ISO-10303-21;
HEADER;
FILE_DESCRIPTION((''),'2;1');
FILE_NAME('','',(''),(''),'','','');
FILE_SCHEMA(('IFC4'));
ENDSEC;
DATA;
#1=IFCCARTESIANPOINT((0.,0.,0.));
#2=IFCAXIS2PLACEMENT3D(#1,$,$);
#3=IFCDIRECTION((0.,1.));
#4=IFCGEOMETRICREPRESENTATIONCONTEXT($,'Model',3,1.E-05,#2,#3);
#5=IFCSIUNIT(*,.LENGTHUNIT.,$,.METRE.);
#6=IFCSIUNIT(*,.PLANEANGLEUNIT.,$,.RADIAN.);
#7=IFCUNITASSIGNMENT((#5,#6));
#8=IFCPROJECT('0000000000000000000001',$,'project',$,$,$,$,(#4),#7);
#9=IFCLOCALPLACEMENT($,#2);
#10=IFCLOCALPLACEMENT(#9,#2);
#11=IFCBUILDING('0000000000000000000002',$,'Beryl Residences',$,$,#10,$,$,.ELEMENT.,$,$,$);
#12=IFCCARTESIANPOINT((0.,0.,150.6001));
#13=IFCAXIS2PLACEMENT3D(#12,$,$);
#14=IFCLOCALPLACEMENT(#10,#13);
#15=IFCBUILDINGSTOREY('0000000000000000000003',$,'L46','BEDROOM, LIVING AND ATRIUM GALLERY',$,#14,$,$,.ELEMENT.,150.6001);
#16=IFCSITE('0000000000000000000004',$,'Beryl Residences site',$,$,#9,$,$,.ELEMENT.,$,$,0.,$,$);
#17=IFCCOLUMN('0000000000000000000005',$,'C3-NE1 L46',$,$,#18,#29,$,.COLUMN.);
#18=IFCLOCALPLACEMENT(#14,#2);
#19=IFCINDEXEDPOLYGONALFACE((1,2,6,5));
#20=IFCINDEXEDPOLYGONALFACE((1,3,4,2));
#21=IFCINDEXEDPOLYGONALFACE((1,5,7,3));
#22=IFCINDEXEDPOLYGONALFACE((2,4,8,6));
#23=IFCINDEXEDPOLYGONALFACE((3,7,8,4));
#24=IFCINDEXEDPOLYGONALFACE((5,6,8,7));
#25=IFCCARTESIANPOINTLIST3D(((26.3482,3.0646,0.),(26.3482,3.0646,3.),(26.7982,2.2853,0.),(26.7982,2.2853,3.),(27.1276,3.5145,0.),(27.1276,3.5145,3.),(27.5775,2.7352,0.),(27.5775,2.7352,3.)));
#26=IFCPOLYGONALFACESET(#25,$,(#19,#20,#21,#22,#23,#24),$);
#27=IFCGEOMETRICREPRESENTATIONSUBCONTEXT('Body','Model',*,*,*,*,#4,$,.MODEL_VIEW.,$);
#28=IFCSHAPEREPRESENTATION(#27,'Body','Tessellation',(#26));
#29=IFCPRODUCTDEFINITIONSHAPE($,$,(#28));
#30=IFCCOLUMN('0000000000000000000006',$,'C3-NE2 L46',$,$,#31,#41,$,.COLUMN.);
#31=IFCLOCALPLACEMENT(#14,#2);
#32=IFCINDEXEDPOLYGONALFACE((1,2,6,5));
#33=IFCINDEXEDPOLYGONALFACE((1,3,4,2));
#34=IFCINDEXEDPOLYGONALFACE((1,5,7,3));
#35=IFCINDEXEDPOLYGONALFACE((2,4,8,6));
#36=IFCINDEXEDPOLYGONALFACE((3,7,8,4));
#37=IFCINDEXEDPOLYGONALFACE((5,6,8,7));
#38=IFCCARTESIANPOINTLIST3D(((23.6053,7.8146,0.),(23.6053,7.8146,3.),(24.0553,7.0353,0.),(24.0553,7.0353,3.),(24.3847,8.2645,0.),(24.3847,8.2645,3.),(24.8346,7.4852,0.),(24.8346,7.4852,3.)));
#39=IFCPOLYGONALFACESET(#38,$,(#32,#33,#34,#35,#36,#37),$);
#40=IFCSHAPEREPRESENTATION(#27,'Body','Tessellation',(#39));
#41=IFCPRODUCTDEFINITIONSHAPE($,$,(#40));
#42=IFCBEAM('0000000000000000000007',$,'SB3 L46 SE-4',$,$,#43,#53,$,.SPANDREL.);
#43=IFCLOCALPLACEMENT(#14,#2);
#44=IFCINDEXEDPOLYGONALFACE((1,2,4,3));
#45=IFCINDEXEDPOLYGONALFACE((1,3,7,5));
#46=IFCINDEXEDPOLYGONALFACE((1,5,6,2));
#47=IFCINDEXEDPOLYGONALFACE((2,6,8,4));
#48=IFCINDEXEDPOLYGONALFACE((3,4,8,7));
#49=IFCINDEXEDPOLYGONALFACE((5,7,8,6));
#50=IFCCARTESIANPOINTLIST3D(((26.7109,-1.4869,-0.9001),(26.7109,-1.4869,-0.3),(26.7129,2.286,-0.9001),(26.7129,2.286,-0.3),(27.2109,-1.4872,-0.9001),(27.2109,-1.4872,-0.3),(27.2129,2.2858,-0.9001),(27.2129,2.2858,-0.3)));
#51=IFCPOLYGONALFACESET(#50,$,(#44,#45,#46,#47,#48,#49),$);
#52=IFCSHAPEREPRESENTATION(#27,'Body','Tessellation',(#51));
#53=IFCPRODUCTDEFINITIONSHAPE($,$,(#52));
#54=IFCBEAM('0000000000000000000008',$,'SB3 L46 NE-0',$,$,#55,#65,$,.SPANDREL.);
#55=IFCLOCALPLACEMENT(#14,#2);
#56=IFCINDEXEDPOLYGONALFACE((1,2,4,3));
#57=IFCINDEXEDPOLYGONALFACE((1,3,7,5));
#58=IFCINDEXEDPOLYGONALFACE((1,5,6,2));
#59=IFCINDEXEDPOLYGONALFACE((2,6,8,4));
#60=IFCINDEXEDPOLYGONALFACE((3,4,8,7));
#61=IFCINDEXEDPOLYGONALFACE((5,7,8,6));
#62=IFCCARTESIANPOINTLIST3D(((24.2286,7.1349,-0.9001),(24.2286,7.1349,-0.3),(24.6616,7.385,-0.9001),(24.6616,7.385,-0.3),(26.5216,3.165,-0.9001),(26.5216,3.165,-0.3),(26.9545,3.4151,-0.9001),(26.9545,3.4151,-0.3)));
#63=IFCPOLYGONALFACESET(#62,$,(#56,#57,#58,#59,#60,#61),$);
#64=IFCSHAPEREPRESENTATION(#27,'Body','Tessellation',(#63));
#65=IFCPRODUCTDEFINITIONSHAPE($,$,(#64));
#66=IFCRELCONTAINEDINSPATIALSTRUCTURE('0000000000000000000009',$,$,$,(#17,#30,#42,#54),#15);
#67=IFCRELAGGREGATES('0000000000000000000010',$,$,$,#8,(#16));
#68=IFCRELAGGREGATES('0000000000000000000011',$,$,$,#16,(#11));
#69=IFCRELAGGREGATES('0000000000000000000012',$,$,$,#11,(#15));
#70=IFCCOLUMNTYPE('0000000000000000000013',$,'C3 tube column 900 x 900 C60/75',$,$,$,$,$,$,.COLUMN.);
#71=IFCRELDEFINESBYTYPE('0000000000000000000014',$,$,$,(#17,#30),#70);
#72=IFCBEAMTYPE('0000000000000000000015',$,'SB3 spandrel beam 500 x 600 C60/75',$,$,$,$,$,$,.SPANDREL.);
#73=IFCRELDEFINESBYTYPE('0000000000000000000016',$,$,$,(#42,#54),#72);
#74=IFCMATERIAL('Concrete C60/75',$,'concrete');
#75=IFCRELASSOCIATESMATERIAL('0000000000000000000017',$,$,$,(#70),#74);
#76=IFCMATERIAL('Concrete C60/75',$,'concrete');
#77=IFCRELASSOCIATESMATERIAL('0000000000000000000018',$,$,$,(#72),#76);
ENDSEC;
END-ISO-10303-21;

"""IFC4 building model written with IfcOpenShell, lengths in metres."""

from ifc_helpers import new_model, si_unit, direction, frame, origin, origin_2d, place, context, subcontext, project, spatial, rectangle, extrude, material, material_profile, profile_set, type_object, element, save


model = new_model("IFC4")

# Units and contexts
model_context = context("Model", 3, precision=1e-05, world=origin(), true_north=direction((0.0, 1.0)))
body_context = subcontext(model_context, "Body", "Model", "MODEL_VIEW")
ifc_project = project(units=[si_unit("LENGTHUNIT", "METRE"), si_unit("PLANEANGLEUNIT", "RADIAN")], contexts=[model_context])

# Site, building, storey
site_placement = place(None, origin())
site = spatial("IfcSite", under=ifc_project, at=site_placement, Name="Beryl Residences site", CompositionType="ELEMENT", RefElevation=0.0)
building_placement = place(site_placement, origin())
building = spatial("IfcBuilding", under=site, at=building_placement, Name="Beryl Residences", CompositionType="ELEMENT")
storey_placement = place(building_placement, frame((0.0, 0.0, 150.6001)))
storey = spatial("IfcBuildingStorey", under=building, at=storey_placement, Name="L46", Description="BEDROOM, LIVING AND ATRIUM GALLERY", CompositionType="ELEMENT", Elevation=150.6001)

# Columns
ifc_material_1 = material(Name="Concrete C60/75", Category="concrete")
ifc_material_profile_1 = material_profile(ifc_material_1, rectangle(XDim=0.8999, YDim=0.8999, at=origin_2d()))
ifc_profile_set_1 = profile_set([ifc_material_profile_1], Name="Concrete C60/75")
column_type = type_object("IfcColumnType", Name="C3 tube column 900 x 900 C60/75", PredefinedType="COLUMN", material=ifc_profile_set_1)
for number, where, z_axis, x_axis, name in (
    (1, (26.9629, 2.8999, 0.0), (0.0, 0.0, 1.0), (-0.5, 0.866025, 0.0), "C3-NE1 L46"),
    (2, (24.22, 7.6499, 0.0), (0.0, 0.0, 1.0), (-0.5, 0.866025, 0.0), "C3-NE2 L46"),
):
    element("IfcColumn", number, at=place(storey_placement, frame(where, z_axis=z_axis, x_axis=x_axis)), inside=storey, type_object=column_type, Name=name, PredefinedType="COLUMN", context=body_context, shape_type="SweptSolid", body=[
        extrude(rectangle(XDim=0.8999, YDim=0.8999, at=origin_2d()), origin(), (0.0, 0.0, 1.0), 3.0),
    ])

# Beams
ifc_material_2 = material(Name="Concrete C60/75", Category="concrete")
ifc_material_profile_2 = material_profile(ifc_material_2, rectangle(XDim=0.5, YDim=0.6001, at=origin_2d()))
ifc_profile_set_2 = profile_set([ifc_material_profile_2], Name="Concrete C60/75")
beam_type = type_object("IfcBeamType", Name="SB3 spandrel beam 500 x 600 C60/75", PredefinedType="SPANDREL", material=ifc_profile_set_2)
beam_1_placement = place(storey_placement, frame((26.9609, -1.4871, -0.6001), z_axis=(0.000518, 1.0, 0.0), x_axis=(-1.0, 0.000518, 0.0)))
element("IfcBeam", 3, at=beam_1_placement, inside=storey, type_object=beam_type, Name="SB3 L46 SE-4", PredefinedType="SPANDREL", context=body_context, shape_type="SweptSolid", body=[
    extrude(rectangle(XDim=0.5, YDim=0.6001, at=origin_2d()), origin(), (0.0, 0.0, 1.0), 3.7729),
])
beam_2_placement = place(storey_placement, frame((26.738, 3.29, -0.6001), z_axis=(-0.500148, 0.86594, 0.0), x_axis=(-0.86594, -0.500148, 0.0)))
element("IfcBeam", 4, at=beam_2_placement, inside=storey, type_object=beam_type, Name="SB3 L46 NE-0", PredefinedType="SPANDREL", context=body_context, shape_type="SweptSolid", body=[
    extrude(rectangle(XDim=0.5, YDim=0.6001, at=origin_2d()), origin(), (0.0, 0.0, 1.0), 4.5845),
])

save(model, "model.ifc")
